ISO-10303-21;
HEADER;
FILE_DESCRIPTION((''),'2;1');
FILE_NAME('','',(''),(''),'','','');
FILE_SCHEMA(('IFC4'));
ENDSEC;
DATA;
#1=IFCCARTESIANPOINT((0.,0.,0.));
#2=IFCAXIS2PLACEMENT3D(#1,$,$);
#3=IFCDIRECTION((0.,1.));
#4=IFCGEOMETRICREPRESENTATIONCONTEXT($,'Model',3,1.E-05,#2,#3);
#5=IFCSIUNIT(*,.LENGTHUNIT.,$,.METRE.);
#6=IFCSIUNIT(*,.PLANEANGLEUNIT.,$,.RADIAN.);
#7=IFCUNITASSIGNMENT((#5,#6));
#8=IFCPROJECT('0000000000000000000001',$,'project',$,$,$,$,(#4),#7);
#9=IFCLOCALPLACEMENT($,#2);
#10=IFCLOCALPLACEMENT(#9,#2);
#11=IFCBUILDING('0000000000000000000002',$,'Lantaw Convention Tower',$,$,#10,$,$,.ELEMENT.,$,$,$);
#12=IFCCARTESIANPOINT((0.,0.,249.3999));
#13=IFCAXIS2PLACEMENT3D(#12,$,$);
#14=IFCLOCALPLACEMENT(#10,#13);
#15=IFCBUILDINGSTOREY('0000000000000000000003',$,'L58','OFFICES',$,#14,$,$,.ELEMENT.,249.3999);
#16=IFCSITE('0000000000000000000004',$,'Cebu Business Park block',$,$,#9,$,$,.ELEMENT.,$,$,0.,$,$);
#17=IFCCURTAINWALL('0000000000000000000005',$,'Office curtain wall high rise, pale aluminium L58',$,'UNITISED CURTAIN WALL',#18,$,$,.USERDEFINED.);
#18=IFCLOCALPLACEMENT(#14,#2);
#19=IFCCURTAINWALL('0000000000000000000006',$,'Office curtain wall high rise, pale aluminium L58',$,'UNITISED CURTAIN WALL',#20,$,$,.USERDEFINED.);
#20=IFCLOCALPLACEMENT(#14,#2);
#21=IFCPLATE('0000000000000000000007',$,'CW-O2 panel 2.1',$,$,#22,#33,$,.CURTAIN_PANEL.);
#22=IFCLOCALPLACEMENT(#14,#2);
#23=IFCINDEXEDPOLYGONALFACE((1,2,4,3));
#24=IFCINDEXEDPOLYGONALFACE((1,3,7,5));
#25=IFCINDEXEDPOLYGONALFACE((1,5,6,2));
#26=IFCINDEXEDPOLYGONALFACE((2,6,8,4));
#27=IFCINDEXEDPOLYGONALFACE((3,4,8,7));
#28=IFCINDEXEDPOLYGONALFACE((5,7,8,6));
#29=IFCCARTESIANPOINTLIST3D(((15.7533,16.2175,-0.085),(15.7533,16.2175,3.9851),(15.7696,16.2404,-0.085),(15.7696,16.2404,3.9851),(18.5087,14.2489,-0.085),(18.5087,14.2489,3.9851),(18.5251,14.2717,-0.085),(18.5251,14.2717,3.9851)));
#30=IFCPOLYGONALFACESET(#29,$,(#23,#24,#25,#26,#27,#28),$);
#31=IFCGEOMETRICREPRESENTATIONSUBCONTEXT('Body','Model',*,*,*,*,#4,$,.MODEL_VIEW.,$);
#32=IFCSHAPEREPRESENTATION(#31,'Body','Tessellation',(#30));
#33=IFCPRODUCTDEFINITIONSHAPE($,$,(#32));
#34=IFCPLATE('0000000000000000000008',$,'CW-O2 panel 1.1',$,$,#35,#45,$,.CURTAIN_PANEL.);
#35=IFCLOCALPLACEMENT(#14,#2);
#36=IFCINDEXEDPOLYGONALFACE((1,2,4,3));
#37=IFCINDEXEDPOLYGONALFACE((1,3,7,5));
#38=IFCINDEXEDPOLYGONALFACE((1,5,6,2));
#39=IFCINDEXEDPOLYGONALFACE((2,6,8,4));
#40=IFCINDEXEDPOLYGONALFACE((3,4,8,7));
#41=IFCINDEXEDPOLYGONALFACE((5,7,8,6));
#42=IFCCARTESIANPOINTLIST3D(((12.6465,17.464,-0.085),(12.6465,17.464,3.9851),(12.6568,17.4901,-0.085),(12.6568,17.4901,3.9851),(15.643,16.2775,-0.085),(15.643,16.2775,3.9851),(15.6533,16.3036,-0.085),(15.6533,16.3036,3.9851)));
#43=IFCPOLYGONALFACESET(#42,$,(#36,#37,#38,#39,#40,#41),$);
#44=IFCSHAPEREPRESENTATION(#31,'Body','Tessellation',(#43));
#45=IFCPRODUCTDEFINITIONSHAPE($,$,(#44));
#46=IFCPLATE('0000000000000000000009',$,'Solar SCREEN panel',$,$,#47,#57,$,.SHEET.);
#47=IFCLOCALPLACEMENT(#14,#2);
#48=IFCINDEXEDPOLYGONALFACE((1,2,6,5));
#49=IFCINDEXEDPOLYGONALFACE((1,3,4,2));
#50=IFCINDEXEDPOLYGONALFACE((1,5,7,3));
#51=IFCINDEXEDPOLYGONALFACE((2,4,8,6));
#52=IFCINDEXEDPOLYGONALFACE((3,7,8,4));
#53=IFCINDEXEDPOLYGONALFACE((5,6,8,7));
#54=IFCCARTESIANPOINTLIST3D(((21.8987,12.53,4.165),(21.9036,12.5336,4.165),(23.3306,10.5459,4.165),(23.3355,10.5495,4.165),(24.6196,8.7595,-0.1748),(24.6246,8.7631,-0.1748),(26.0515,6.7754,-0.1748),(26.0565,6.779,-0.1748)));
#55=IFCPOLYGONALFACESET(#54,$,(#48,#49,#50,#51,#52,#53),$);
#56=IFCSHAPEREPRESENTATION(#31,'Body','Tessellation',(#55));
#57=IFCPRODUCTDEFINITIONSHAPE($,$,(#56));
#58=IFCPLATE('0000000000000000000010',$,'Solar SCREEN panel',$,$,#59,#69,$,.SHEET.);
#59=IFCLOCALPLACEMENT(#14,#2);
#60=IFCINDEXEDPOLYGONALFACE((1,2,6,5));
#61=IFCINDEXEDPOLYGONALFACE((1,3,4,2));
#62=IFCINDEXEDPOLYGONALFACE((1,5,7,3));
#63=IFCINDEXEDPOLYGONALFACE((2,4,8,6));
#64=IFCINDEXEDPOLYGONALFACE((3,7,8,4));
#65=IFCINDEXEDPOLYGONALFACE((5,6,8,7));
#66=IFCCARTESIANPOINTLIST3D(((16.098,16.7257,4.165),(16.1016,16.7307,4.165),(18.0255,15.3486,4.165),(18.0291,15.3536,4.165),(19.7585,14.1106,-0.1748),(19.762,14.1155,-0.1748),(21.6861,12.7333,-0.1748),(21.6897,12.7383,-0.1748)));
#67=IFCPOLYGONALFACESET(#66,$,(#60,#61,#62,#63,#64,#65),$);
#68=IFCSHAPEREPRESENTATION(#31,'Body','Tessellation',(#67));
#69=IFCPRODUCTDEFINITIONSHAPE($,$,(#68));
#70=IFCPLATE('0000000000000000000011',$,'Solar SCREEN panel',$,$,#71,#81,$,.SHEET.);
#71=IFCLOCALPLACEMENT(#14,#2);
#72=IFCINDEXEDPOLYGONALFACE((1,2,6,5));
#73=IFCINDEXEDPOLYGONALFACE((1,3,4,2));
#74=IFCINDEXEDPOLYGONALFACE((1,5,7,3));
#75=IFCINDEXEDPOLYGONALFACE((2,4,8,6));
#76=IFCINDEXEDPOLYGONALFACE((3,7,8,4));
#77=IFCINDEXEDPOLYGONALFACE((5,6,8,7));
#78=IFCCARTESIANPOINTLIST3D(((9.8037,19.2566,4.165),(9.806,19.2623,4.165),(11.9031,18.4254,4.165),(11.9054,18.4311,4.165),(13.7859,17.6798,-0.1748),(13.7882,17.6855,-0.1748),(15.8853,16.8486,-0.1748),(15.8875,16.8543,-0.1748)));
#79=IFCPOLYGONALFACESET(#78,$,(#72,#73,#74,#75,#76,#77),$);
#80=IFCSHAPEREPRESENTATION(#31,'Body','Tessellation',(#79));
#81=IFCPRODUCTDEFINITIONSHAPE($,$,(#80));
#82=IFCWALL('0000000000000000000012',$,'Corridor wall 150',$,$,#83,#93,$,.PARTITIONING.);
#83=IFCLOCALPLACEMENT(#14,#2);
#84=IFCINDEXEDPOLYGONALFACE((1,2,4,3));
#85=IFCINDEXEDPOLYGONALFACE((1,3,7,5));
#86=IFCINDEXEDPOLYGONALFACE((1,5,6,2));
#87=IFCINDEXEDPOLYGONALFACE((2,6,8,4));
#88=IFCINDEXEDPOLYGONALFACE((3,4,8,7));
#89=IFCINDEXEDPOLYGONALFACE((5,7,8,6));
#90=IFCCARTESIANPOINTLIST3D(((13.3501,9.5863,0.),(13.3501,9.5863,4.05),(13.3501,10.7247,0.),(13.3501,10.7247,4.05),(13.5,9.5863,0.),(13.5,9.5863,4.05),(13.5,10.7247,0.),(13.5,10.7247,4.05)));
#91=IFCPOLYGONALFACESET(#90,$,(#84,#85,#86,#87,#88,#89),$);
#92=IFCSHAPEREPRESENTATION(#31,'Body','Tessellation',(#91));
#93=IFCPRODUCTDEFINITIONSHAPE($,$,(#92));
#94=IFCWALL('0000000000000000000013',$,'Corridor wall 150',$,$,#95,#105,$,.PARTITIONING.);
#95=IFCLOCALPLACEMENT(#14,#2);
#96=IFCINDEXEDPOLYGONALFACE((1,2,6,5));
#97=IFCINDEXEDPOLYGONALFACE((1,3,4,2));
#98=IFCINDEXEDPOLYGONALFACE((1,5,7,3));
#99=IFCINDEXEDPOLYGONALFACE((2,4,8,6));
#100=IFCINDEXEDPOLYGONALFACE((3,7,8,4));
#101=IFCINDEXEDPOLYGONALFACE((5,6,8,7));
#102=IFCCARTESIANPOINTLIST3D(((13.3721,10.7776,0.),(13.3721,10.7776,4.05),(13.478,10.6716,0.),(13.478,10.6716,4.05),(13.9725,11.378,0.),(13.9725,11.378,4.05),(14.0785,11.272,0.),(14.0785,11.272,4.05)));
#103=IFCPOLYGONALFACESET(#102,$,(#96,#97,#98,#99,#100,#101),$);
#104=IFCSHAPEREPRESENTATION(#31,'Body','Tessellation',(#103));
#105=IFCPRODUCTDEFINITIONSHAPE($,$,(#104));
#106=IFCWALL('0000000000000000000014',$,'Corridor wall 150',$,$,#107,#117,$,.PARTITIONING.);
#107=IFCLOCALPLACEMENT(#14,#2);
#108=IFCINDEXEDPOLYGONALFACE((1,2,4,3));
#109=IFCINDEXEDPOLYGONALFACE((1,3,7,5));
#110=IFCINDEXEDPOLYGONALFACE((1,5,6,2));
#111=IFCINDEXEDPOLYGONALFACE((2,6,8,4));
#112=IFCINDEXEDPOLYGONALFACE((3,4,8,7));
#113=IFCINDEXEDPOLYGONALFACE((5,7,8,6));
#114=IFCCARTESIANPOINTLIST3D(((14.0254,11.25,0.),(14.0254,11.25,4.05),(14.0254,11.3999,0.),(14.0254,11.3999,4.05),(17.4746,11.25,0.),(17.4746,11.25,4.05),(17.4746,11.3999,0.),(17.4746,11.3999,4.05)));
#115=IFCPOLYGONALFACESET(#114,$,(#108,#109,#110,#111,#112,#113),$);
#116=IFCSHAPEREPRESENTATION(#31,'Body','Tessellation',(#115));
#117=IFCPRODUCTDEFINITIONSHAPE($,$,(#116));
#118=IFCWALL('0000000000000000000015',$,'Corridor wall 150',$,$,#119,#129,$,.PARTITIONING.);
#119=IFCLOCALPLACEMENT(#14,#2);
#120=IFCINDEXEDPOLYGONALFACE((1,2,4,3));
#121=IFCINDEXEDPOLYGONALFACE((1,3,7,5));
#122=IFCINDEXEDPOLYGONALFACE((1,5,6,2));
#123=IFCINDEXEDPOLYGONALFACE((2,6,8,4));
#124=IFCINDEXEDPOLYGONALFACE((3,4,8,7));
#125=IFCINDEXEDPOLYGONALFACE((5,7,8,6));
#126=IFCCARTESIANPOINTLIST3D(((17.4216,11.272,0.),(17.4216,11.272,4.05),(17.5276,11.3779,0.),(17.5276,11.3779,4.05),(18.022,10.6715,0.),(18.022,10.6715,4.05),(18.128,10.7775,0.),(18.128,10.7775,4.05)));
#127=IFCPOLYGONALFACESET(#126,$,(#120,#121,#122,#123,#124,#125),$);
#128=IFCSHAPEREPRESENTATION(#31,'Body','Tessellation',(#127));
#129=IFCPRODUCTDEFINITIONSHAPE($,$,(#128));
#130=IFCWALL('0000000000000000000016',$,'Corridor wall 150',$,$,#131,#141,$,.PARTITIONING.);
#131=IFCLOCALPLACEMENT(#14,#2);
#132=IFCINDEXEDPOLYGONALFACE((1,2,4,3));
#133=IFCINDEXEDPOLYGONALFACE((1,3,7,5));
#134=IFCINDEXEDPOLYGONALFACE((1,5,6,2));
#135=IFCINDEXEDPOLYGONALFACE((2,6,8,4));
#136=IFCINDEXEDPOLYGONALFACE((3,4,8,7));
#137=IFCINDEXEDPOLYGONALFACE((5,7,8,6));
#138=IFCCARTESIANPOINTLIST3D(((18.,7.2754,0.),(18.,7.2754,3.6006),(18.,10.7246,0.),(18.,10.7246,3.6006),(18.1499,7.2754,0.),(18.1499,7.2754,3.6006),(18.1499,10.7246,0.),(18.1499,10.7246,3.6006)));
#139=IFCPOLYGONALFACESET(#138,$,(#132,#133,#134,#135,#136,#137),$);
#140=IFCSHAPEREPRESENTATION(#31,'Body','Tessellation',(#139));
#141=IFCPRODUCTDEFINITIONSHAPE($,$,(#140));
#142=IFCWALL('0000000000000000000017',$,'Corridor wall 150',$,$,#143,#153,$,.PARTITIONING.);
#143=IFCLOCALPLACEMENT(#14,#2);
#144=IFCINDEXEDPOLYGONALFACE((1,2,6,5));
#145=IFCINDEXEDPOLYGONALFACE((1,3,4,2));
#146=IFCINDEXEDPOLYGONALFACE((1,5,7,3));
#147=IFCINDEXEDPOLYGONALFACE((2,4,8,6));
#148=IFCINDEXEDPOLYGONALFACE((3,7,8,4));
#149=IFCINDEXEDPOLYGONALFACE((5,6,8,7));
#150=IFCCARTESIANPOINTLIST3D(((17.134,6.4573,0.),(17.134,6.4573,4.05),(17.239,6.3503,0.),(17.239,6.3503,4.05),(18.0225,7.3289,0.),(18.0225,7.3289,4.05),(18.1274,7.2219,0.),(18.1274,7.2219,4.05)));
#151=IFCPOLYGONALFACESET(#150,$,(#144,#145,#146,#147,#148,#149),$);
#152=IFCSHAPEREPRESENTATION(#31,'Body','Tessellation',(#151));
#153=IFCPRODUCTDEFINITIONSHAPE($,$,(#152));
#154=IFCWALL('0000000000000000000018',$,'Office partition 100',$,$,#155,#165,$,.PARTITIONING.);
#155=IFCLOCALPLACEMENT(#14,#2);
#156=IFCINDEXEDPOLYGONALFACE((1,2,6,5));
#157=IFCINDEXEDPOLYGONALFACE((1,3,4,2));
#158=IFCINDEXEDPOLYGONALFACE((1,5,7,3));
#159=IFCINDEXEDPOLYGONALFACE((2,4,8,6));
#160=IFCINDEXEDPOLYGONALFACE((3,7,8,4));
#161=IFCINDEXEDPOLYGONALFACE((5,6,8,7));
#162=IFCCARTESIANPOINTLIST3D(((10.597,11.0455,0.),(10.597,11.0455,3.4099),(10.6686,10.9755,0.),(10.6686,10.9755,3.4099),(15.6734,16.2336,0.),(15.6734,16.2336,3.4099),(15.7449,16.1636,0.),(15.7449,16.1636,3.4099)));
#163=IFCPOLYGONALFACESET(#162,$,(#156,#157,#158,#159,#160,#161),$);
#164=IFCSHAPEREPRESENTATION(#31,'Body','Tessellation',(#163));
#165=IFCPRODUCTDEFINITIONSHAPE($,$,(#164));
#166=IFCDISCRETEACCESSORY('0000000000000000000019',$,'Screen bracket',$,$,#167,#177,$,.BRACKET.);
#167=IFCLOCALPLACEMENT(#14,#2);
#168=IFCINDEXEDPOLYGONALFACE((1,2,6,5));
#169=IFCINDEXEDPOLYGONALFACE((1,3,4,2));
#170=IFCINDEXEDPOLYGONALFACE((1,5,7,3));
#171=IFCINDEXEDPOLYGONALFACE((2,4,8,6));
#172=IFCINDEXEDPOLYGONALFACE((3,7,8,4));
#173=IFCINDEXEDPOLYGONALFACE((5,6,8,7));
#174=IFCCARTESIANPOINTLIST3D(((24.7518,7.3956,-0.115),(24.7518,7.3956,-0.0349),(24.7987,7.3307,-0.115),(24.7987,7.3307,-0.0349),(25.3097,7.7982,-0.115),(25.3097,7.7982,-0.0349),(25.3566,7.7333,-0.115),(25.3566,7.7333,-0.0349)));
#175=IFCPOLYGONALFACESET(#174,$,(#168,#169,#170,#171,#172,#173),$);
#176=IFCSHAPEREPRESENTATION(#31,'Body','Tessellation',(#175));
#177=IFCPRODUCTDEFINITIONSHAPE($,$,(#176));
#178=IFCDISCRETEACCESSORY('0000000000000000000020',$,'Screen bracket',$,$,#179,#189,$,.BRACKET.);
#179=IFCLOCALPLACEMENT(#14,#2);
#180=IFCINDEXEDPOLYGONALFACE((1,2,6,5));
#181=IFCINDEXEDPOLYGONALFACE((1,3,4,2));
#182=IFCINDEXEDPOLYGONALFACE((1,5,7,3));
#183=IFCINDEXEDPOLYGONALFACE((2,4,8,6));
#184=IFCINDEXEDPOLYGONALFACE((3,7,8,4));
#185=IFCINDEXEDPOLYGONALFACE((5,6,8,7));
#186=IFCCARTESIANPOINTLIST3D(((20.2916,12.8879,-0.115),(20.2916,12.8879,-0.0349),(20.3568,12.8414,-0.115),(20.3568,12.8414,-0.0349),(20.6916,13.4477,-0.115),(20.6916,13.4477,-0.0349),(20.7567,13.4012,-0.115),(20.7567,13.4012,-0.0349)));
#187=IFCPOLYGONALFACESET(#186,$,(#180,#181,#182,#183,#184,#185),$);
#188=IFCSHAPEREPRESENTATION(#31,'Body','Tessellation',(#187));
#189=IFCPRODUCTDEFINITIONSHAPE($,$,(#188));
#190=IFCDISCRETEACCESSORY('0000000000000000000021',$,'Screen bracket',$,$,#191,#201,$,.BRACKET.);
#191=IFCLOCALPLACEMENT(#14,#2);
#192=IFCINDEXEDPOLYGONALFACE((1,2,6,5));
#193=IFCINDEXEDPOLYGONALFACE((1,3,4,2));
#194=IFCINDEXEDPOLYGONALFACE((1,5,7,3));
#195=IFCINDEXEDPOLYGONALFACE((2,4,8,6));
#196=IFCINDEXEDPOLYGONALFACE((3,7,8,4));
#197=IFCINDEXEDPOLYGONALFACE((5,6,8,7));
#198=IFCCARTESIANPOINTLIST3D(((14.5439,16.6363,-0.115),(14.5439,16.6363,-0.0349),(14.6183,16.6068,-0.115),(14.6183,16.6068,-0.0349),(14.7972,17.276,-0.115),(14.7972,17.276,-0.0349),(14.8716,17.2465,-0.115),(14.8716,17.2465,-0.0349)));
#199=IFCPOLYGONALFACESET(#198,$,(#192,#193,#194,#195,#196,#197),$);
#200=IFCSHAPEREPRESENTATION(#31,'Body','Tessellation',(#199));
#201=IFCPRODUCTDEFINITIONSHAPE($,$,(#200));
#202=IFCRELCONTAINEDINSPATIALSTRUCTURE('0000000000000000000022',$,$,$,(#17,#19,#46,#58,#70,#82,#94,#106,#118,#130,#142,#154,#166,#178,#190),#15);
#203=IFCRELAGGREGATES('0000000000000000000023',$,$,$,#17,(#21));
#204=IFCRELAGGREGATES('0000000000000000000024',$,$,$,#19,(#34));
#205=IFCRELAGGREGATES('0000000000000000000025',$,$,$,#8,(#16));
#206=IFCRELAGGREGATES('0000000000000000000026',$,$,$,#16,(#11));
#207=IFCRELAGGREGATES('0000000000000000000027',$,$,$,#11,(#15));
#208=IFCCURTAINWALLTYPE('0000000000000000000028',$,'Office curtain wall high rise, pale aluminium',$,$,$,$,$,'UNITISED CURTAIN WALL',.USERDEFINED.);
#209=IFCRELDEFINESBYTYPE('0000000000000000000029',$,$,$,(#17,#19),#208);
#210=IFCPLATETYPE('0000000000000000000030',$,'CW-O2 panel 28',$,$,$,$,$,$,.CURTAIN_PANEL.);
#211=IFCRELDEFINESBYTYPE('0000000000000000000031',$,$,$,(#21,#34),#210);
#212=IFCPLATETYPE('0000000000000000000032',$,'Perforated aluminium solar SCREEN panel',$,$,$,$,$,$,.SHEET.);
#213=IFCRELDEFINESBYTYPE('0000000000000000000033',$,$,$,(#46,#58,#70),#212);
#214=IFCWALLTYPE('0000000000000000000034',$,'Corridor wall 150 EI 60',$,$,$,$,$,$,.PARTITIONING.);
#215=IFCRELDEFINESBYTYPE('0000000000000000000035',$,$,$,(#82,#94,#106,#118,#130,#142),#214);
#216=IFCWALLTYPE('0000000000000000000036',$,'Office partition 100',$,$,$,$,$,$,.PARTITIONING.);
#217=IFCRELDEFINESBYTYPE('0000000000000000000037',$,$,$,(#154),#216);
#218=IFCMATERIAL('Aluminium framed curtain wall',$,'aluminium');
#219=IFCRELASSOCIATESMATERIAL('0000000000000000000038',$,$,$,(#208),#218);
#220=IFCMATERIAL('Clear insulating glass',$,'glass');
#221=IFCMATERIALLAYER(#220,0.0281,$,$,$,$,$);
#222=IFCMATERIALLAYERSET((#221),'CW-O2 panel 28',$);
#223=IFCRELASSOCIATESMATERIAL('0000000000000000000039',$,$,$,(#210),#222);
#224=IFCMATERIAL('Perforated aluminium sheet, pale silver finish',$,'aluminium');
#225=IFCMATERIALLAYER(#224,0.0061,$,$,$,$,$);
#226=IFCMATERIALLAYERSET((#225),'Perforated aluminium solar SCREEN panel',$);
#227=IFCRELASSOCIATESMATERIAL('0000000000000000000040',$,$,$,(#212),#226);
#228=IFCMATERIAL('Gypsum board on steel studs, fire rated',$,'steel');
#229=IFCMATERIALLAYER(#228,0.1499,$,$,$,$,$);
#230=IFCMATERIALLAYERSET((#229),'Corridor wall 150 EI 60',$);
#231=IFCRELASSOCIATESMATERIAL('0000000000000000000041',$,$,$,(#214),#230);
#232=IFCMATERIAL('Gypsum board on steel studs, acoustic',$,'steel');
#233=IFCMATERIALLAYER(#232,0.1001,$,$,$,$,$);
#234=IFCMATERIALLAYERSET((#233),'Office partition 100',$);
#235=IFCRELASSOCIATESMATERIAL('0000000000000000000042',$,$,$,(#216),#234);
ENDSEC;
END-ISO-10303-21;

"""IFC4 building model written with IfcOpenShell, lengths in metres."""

from ifc_helpers import new_model, si_unit, direction, frame, frame_2d, origin, origin_2d, place, context, subcontext, project, spatial, polyline, rectangle, outline, extrude, material, layer, layer_set, type_object, element, aggregate, save


model = new_model("IFC4")

# Units and contexts
model_context = context("Model", 3, precision=1e-05, world=origin(), true_north=direction((0.0, 1.0)))
body_context = subcontext(model_context, "Body", "Model", "MODEL_VIEW")
ifc_project = project(units=[si_unit("LENGTHUNIT", "METRE"), si_unit("PLANEANGLEUNIT", "RADIAN")], contexts=[model_context])

# Site, building, storey
site_placement = place(None, origin())
site = spatial("IfcSite", under=ifc_project, at=site_placement, Name="Cebu Business Park block", CompositionType="ELEMENT", RefElevation=0.0)
building_placement = place(site_placement, origin())
building = spatial("IfcBuilding", under=site, at=building_placement, Name="Lantaw Convention Tower", CompositionType="ELEMENT")
storey_placement = place(building_placement, frame((0.0, 0.0, 249.3999)))
storey = spatial("IfcBuildingStorey", under=building, at=storey_placement, Name="L58", Description="OFFICES", CompositionType="ELEMENT", Elevation=249.3999)

# Curtain wall
ifc_material_1 = material(Name="Aluminium framed curtain wall", Category="aluminium")
curtain_wall_type = type_object("IfcCurtainWallType", Name="Office curtain wall high rise, pale aluminium", ElementType="UNITISED CURTAIN WALL", PredefinedType="USERDEFINED", material=ifc_material_1)
curtain_wall_1_placement = place(storey_placement, origin())
curtain_wall_1 = element("IfcCurtainWall", 1, at=curtain_wall_1_placement, inside=storey, type_object=curtain_wall_type, Name="Office curtain wall high rise, pale aluminium L58", ObjectType="UNITISED CURTAIN WALL", PredefinedType="USERDEFINED")

# Curtain wall
curtain_wall_2_placement = place(storey_placement, origin())
curtain_wall_2 = element("IfcCurtainWall", 2, at=curtain_wall_2_placement, inside=storey, type_object=curtain_wall_type, Name="Office curtain wall high rise, pale aluminium L58", ObjectType="UNITISED CURTAIN WALL", PredefinedType="USERDEFINED")

# Plates
ifc_material_2 = material(Name="Clear insulating glass", Category="glass")
ifc_layer_1 = layer(ifc_material_2, 0.0281)
ifc_layer_set_1 = layer_set([ifc_layer_1], Name="CW-O2 panel 28")
plate_type_1 = type_object("IfcPlateType", Name="CW-O2 panel 28", PredefinedType="CURTAIN_PANEL", material=ifc_layer_set_1)
plate_1_placement = place(storey_placement, frame((17.1392, 15.2446, -0.085), z_axis=(0.0, 0.0, 1.0), x_axis=(-0.813673, 0.581323, 0.0)))
plate_1 = element("IfcPlate", 3, at=plate_1_placement, type_object=plate_type_1, Name="CW-O2 panel 2.1", PredefinedType="CURTAIN_PANEL", context=body_context, shape_type="SweptSolid", body=[
    extrude(rectangle(XDim=3.3865, YDim=0.0281, at=origin_2d()), origin(), (0.0, 0.0, 1.0), 4.0701),
])
aggregate(curtain_wall_1, [plate_1])
plate_2_placement = place(storey_placement, frame((14.1499, 16.8838, -0.085), z_axis=(0.0, 0.0, 1.0), x_axis=(-0.929762, 0.368162, 0.0)))
plate_2 = element("IfcPlate", 4, at=plate_2_placement, type_object=plate_type_1, Name="CW-O2 panel 1.1", PredefinedType="CURTAIN_PANEL", context=body_context, shape_type="SweptSolid", body=[
    extrude(rectangle(XDim=3.2229, YDim=0.0281, at=origin_2d()), origin(), (0.0, 0.0, 1.0), 4.0701),
])
aggregate(curtain_wall_2, [plate_2])

# Plates
ifc_material_3 = material(Name="Perforated aluminium sheet, pale silver finish", Category="aluminium")
ifc_layer_2 = layer(ifc_material_3, 0.0061)
ifc_layer_set_2 = layer_set([ifc_layer_2], Name="Perforated aluminium solar SCREEN panel")
plate_type_2 = type_object("IfcPlateType", Name="Perforated aluminium solar SCREEN panel", PredefinedType="SHEET", material=ifc_layer_set_2)
plate_3_placement = place(storey_placement, frame((26.0515, 6.7754, -0.1748), z_axis=(-0.810892, -0.585195, 0.00002), x_axis=(-0.585195, 0.810892, 0.0)))
element("IfcPlate", 5, at=plate_3_placement, inside=storey, type_object=plate_type_2, Name="Solar SCREEN panel", PredefinedType="SHEET", context=body_context, shape_type="SweptSolid", body=[
    extrude(outline(polyline([(0.0, 0.0), (2.4468, 0.0), (7.0966, -4.3398), (4.6498, -4.3398), (0.0, 0.0)])), origin(), (0.0, 0.0, -1.0), 0.0061),
])
plate_4_placement = place(storey_placement, frame((21.6897, 12.7383, -0.1748), z_axis=(0.581331, 0.813667, 0.00001), x_axis=(-0.813667, 0.581331, 0.0)))
element("IfcPlate", 6, at=plate_4_placement, inside=storey, type_object=plate_type_2, Name="Solar SCREEN panel", PredefinedType="SHEET", context=body_context, shape_type="SweptSolid", body=[
    extrude(outline(polyline([(0.0, 0.0), (2.3691, 0.0), (6.8678, 4.3398), (4.4989, 4.3398), (0.0, 0.0)])), origin(), (0.0, 0.0, -1.0), 0.0061),
])
plate_5_placement = place(storey_placement, frame((15.8853, 16.8486, -0.1748), z_axis=(-0.368117, -0.92978, 0.000036), x_axis=(-0.92978, 0.368117, 0.0)))
element("IfcPlate", 7, at=plate_5_placement, inside=storey, type_object=plate_type_2, Name="Solar SCREEN panel", PredefinedType="SHEET", context=body_context, shape_type="SweptSolid", body=[
    extrude(outline(polyline([(0.0, 0.0), (2.2579, 0.0), (6.5409, -4.3398), (4.2829, -4.3398), (0.0, 0.0)])), origin(), (0.0, 0.0, -1.0), 0.0061),
])

# Walls
ifc_material_4 = material(Name="Gypsum board on steel studs, fire rated", Category="steel")
ifc_layer_3 = layer(ifc_material_4, 0.1499)
ifc_layer_set_3 = layer_set([ifc_layer_3], Name="Corridor wall 150 EI 60")
wall_type_1 = type_object("IfcWallType", Name="Corridor wall 150 EI 60", PredefinedType="PARTITIONING", material=ifc_layer_set_3)
wall_1_placement = place(storey_placement, frame((13.425, 9.5862, 0.0), z_axis=(0.0, 0.0, 1.0), x_axis=(0.0, 1.0, 0.0)))
element("IfcWall", 8, at=wall_1_placement, inside=storey, type_object=wall_type_1, Name="Corridor wall 150", PredefinedType="PARTITIONING", context=body_context, shape_type="SweptSolid", body=[
    extrude(rectangle(XDim=1.1384, YDim=0.1499, at=frame_2d((0.5693, 0.0))), origin(), (0.0, 0.0, 1.0), 4.05),
])
wall_2_placement = place(storey_placement, frame((13.425, 10.7246, 0.0), z_axis=(0.0, 0.0, 1.0), x_axis=(0.707107, 0.707107, 0.0)))
element("IfcWall", 9, at=wall_2_placement, inside=storey, type_object=wall_type_1, Name="Corridor wall 150", PredefinedType="PARTITIONING", context=body_context, shape_type="SweptSolid", body=[
    extrude(rectangle(XDim=0.8491, YDim=0.1499, at=frame_2d((0.4246, 0.0))), origin(), (0.0, 0.0, 1.0), 4.05),
])
wall_3_placement = place(storey_placement, frame((14.0254, 11.325, 0.0), z_axis=(0.0, 0.0, 1.0), x_axis=(1.0, 0.0, 0.0)))
element("IfcWall", 10, at=wall_3_placement, inside=storey, type_object=wall_type_1, Name="Corridor wall 150", PredefinedType="PARTITIONING", context=body_context, shape_type="SweptSolid", body=[
    extrude(rectangle(XDim=3.4492, YDim=0.1499, at=frame_2d((1.7246, 0.0))), origin(), (0.0, 0.0, 1.0), 4.05),
])
wall_4_placement = place(storey_placement, frame((17.4746, 11.325, 0.0), z_axis=(0.0, 0.0, 1.0), x_axis=(0.707107, -0.707107, 0.0)))
element("IfcWall", 11, at=wall_4_placement, inside=storey, type_object=wall_type_1, Name="Corridor wall 150", PredefinedType="PARTITIONING", context=body_context, shape_type="SweptSolid", body=[
    extrude(rectangle(XDim=0.8491, YDim=0.1499, at=frame_2d((0.4246, 0.0))), origin(), (0.0, 0.0, 1.0), 4.05),
])
wall_5_placement = place(storey_placement, frame((18.075, 10.7246, 0.0), z_axis=(0.0, 0.0, 1.0), x_axis=(0.0, -1.0, 0.0)))
element("IfcWall", 12, at=wall_5_placement, inside=storey, type_object=wall_type_1, Name="Corridor wall 150", PredefinedType="PARTITIONING", context=body_context, shape_type="SweptSolid", body=[
    extrude(rectangle(XDim=3.4492, YDim=0.1499, at=frame_2d((1.7246, 0.0))), origin(), (0.0, 0.0, 1.0), 3.6006),
])
wall_6_placement = place(storey_placement, frame((18.075, 7.2754, 0.0), z_axis=(0.0, 0.0, 1.0), x_axis=(-0.713842, -0.700307, 0.0)))
element("IfcWall", 13, at=wall_6_placement, inside=storey, type_object=wall_type_1, Name="Corridor wall 150", PredefinedType="PARTITIONING", context=body_context, shape_type="SweptSolid", body=[
    extrude(rectangle(XDim=1.2446, YDim=0.1499, at=frame_2d((0.6223, 0.0))), origin(), (0.0, 0.0, 1.0), 4.05),
])
ifc_material_5 = material(Name="Gypsum board on steel studs, acoustic", Category="steel")
ifc_layer_4 = layer(ifc_material_5, 0.1001)
ifc_layer_set_4 = layer_set([ifc_layer_4], Name="Office partition 100")
wall_type_2 = type_object("IfcWallType", Name="Office partition 100", PredefinedType="PARTITIONING", material=ifc_layer_set_4)
wall_7_placement = place(storey_placement, frame((15.7092, 16.1987, 0.0), z_axis=(0.0, 0.0, 1.0), x_axis=(-0.699363, -0.714767, 0.0)))
element("IfcWall", 14, at=wall_7_placement, inside=storey, type_object=wall_type_2, Name="Office partition 100", PredefinedType="PARTITIONING", context=body_context, shape_type="SweptSolid", body=[
    extrude(rectangle(XDim=7.2585, YDim=0.1001, at=frame_2d((3.6294, 0.0))), origin(), (0.0, 0.0, 1.0), 3.4099),
])

# Discrete accessories
for number, where, z_axis, x_axis, name in (
    (15, (25.0542, 7.5645, -0.115), (0.0, 0.0, 1.0), (-0.585158, 0.81092, 0.0), "Screen bracket"),
    (16, (20.5242, 13.1445, -0.115), (0.0, 0.0, 1.0), (-0.813673, 0.581323, 0.0), "Screen bracket"),
    (17, (14.7078, 16.9414, -0.115), (0.0, 0.0, 1.0), (-0.929762, 0.368162, 0.0), "Screen bracket"),
):
    element("IfcDiscreteAccessory", number, at=place(storey_placement, frame(where, z_axis=z_axis, x_axis=x_axis)), inside=storey, Name=name, PredefinedType="BRACKET", context=body_context, shape_type="SweptSolid", body=[
        extrude(rectangle(XDim=0.0801, YDim=0.688, at=origin_2d()), origin(), (0.0, 0.0, 1.0), 0.0801),
    ])

save(model, "model.ifc")
